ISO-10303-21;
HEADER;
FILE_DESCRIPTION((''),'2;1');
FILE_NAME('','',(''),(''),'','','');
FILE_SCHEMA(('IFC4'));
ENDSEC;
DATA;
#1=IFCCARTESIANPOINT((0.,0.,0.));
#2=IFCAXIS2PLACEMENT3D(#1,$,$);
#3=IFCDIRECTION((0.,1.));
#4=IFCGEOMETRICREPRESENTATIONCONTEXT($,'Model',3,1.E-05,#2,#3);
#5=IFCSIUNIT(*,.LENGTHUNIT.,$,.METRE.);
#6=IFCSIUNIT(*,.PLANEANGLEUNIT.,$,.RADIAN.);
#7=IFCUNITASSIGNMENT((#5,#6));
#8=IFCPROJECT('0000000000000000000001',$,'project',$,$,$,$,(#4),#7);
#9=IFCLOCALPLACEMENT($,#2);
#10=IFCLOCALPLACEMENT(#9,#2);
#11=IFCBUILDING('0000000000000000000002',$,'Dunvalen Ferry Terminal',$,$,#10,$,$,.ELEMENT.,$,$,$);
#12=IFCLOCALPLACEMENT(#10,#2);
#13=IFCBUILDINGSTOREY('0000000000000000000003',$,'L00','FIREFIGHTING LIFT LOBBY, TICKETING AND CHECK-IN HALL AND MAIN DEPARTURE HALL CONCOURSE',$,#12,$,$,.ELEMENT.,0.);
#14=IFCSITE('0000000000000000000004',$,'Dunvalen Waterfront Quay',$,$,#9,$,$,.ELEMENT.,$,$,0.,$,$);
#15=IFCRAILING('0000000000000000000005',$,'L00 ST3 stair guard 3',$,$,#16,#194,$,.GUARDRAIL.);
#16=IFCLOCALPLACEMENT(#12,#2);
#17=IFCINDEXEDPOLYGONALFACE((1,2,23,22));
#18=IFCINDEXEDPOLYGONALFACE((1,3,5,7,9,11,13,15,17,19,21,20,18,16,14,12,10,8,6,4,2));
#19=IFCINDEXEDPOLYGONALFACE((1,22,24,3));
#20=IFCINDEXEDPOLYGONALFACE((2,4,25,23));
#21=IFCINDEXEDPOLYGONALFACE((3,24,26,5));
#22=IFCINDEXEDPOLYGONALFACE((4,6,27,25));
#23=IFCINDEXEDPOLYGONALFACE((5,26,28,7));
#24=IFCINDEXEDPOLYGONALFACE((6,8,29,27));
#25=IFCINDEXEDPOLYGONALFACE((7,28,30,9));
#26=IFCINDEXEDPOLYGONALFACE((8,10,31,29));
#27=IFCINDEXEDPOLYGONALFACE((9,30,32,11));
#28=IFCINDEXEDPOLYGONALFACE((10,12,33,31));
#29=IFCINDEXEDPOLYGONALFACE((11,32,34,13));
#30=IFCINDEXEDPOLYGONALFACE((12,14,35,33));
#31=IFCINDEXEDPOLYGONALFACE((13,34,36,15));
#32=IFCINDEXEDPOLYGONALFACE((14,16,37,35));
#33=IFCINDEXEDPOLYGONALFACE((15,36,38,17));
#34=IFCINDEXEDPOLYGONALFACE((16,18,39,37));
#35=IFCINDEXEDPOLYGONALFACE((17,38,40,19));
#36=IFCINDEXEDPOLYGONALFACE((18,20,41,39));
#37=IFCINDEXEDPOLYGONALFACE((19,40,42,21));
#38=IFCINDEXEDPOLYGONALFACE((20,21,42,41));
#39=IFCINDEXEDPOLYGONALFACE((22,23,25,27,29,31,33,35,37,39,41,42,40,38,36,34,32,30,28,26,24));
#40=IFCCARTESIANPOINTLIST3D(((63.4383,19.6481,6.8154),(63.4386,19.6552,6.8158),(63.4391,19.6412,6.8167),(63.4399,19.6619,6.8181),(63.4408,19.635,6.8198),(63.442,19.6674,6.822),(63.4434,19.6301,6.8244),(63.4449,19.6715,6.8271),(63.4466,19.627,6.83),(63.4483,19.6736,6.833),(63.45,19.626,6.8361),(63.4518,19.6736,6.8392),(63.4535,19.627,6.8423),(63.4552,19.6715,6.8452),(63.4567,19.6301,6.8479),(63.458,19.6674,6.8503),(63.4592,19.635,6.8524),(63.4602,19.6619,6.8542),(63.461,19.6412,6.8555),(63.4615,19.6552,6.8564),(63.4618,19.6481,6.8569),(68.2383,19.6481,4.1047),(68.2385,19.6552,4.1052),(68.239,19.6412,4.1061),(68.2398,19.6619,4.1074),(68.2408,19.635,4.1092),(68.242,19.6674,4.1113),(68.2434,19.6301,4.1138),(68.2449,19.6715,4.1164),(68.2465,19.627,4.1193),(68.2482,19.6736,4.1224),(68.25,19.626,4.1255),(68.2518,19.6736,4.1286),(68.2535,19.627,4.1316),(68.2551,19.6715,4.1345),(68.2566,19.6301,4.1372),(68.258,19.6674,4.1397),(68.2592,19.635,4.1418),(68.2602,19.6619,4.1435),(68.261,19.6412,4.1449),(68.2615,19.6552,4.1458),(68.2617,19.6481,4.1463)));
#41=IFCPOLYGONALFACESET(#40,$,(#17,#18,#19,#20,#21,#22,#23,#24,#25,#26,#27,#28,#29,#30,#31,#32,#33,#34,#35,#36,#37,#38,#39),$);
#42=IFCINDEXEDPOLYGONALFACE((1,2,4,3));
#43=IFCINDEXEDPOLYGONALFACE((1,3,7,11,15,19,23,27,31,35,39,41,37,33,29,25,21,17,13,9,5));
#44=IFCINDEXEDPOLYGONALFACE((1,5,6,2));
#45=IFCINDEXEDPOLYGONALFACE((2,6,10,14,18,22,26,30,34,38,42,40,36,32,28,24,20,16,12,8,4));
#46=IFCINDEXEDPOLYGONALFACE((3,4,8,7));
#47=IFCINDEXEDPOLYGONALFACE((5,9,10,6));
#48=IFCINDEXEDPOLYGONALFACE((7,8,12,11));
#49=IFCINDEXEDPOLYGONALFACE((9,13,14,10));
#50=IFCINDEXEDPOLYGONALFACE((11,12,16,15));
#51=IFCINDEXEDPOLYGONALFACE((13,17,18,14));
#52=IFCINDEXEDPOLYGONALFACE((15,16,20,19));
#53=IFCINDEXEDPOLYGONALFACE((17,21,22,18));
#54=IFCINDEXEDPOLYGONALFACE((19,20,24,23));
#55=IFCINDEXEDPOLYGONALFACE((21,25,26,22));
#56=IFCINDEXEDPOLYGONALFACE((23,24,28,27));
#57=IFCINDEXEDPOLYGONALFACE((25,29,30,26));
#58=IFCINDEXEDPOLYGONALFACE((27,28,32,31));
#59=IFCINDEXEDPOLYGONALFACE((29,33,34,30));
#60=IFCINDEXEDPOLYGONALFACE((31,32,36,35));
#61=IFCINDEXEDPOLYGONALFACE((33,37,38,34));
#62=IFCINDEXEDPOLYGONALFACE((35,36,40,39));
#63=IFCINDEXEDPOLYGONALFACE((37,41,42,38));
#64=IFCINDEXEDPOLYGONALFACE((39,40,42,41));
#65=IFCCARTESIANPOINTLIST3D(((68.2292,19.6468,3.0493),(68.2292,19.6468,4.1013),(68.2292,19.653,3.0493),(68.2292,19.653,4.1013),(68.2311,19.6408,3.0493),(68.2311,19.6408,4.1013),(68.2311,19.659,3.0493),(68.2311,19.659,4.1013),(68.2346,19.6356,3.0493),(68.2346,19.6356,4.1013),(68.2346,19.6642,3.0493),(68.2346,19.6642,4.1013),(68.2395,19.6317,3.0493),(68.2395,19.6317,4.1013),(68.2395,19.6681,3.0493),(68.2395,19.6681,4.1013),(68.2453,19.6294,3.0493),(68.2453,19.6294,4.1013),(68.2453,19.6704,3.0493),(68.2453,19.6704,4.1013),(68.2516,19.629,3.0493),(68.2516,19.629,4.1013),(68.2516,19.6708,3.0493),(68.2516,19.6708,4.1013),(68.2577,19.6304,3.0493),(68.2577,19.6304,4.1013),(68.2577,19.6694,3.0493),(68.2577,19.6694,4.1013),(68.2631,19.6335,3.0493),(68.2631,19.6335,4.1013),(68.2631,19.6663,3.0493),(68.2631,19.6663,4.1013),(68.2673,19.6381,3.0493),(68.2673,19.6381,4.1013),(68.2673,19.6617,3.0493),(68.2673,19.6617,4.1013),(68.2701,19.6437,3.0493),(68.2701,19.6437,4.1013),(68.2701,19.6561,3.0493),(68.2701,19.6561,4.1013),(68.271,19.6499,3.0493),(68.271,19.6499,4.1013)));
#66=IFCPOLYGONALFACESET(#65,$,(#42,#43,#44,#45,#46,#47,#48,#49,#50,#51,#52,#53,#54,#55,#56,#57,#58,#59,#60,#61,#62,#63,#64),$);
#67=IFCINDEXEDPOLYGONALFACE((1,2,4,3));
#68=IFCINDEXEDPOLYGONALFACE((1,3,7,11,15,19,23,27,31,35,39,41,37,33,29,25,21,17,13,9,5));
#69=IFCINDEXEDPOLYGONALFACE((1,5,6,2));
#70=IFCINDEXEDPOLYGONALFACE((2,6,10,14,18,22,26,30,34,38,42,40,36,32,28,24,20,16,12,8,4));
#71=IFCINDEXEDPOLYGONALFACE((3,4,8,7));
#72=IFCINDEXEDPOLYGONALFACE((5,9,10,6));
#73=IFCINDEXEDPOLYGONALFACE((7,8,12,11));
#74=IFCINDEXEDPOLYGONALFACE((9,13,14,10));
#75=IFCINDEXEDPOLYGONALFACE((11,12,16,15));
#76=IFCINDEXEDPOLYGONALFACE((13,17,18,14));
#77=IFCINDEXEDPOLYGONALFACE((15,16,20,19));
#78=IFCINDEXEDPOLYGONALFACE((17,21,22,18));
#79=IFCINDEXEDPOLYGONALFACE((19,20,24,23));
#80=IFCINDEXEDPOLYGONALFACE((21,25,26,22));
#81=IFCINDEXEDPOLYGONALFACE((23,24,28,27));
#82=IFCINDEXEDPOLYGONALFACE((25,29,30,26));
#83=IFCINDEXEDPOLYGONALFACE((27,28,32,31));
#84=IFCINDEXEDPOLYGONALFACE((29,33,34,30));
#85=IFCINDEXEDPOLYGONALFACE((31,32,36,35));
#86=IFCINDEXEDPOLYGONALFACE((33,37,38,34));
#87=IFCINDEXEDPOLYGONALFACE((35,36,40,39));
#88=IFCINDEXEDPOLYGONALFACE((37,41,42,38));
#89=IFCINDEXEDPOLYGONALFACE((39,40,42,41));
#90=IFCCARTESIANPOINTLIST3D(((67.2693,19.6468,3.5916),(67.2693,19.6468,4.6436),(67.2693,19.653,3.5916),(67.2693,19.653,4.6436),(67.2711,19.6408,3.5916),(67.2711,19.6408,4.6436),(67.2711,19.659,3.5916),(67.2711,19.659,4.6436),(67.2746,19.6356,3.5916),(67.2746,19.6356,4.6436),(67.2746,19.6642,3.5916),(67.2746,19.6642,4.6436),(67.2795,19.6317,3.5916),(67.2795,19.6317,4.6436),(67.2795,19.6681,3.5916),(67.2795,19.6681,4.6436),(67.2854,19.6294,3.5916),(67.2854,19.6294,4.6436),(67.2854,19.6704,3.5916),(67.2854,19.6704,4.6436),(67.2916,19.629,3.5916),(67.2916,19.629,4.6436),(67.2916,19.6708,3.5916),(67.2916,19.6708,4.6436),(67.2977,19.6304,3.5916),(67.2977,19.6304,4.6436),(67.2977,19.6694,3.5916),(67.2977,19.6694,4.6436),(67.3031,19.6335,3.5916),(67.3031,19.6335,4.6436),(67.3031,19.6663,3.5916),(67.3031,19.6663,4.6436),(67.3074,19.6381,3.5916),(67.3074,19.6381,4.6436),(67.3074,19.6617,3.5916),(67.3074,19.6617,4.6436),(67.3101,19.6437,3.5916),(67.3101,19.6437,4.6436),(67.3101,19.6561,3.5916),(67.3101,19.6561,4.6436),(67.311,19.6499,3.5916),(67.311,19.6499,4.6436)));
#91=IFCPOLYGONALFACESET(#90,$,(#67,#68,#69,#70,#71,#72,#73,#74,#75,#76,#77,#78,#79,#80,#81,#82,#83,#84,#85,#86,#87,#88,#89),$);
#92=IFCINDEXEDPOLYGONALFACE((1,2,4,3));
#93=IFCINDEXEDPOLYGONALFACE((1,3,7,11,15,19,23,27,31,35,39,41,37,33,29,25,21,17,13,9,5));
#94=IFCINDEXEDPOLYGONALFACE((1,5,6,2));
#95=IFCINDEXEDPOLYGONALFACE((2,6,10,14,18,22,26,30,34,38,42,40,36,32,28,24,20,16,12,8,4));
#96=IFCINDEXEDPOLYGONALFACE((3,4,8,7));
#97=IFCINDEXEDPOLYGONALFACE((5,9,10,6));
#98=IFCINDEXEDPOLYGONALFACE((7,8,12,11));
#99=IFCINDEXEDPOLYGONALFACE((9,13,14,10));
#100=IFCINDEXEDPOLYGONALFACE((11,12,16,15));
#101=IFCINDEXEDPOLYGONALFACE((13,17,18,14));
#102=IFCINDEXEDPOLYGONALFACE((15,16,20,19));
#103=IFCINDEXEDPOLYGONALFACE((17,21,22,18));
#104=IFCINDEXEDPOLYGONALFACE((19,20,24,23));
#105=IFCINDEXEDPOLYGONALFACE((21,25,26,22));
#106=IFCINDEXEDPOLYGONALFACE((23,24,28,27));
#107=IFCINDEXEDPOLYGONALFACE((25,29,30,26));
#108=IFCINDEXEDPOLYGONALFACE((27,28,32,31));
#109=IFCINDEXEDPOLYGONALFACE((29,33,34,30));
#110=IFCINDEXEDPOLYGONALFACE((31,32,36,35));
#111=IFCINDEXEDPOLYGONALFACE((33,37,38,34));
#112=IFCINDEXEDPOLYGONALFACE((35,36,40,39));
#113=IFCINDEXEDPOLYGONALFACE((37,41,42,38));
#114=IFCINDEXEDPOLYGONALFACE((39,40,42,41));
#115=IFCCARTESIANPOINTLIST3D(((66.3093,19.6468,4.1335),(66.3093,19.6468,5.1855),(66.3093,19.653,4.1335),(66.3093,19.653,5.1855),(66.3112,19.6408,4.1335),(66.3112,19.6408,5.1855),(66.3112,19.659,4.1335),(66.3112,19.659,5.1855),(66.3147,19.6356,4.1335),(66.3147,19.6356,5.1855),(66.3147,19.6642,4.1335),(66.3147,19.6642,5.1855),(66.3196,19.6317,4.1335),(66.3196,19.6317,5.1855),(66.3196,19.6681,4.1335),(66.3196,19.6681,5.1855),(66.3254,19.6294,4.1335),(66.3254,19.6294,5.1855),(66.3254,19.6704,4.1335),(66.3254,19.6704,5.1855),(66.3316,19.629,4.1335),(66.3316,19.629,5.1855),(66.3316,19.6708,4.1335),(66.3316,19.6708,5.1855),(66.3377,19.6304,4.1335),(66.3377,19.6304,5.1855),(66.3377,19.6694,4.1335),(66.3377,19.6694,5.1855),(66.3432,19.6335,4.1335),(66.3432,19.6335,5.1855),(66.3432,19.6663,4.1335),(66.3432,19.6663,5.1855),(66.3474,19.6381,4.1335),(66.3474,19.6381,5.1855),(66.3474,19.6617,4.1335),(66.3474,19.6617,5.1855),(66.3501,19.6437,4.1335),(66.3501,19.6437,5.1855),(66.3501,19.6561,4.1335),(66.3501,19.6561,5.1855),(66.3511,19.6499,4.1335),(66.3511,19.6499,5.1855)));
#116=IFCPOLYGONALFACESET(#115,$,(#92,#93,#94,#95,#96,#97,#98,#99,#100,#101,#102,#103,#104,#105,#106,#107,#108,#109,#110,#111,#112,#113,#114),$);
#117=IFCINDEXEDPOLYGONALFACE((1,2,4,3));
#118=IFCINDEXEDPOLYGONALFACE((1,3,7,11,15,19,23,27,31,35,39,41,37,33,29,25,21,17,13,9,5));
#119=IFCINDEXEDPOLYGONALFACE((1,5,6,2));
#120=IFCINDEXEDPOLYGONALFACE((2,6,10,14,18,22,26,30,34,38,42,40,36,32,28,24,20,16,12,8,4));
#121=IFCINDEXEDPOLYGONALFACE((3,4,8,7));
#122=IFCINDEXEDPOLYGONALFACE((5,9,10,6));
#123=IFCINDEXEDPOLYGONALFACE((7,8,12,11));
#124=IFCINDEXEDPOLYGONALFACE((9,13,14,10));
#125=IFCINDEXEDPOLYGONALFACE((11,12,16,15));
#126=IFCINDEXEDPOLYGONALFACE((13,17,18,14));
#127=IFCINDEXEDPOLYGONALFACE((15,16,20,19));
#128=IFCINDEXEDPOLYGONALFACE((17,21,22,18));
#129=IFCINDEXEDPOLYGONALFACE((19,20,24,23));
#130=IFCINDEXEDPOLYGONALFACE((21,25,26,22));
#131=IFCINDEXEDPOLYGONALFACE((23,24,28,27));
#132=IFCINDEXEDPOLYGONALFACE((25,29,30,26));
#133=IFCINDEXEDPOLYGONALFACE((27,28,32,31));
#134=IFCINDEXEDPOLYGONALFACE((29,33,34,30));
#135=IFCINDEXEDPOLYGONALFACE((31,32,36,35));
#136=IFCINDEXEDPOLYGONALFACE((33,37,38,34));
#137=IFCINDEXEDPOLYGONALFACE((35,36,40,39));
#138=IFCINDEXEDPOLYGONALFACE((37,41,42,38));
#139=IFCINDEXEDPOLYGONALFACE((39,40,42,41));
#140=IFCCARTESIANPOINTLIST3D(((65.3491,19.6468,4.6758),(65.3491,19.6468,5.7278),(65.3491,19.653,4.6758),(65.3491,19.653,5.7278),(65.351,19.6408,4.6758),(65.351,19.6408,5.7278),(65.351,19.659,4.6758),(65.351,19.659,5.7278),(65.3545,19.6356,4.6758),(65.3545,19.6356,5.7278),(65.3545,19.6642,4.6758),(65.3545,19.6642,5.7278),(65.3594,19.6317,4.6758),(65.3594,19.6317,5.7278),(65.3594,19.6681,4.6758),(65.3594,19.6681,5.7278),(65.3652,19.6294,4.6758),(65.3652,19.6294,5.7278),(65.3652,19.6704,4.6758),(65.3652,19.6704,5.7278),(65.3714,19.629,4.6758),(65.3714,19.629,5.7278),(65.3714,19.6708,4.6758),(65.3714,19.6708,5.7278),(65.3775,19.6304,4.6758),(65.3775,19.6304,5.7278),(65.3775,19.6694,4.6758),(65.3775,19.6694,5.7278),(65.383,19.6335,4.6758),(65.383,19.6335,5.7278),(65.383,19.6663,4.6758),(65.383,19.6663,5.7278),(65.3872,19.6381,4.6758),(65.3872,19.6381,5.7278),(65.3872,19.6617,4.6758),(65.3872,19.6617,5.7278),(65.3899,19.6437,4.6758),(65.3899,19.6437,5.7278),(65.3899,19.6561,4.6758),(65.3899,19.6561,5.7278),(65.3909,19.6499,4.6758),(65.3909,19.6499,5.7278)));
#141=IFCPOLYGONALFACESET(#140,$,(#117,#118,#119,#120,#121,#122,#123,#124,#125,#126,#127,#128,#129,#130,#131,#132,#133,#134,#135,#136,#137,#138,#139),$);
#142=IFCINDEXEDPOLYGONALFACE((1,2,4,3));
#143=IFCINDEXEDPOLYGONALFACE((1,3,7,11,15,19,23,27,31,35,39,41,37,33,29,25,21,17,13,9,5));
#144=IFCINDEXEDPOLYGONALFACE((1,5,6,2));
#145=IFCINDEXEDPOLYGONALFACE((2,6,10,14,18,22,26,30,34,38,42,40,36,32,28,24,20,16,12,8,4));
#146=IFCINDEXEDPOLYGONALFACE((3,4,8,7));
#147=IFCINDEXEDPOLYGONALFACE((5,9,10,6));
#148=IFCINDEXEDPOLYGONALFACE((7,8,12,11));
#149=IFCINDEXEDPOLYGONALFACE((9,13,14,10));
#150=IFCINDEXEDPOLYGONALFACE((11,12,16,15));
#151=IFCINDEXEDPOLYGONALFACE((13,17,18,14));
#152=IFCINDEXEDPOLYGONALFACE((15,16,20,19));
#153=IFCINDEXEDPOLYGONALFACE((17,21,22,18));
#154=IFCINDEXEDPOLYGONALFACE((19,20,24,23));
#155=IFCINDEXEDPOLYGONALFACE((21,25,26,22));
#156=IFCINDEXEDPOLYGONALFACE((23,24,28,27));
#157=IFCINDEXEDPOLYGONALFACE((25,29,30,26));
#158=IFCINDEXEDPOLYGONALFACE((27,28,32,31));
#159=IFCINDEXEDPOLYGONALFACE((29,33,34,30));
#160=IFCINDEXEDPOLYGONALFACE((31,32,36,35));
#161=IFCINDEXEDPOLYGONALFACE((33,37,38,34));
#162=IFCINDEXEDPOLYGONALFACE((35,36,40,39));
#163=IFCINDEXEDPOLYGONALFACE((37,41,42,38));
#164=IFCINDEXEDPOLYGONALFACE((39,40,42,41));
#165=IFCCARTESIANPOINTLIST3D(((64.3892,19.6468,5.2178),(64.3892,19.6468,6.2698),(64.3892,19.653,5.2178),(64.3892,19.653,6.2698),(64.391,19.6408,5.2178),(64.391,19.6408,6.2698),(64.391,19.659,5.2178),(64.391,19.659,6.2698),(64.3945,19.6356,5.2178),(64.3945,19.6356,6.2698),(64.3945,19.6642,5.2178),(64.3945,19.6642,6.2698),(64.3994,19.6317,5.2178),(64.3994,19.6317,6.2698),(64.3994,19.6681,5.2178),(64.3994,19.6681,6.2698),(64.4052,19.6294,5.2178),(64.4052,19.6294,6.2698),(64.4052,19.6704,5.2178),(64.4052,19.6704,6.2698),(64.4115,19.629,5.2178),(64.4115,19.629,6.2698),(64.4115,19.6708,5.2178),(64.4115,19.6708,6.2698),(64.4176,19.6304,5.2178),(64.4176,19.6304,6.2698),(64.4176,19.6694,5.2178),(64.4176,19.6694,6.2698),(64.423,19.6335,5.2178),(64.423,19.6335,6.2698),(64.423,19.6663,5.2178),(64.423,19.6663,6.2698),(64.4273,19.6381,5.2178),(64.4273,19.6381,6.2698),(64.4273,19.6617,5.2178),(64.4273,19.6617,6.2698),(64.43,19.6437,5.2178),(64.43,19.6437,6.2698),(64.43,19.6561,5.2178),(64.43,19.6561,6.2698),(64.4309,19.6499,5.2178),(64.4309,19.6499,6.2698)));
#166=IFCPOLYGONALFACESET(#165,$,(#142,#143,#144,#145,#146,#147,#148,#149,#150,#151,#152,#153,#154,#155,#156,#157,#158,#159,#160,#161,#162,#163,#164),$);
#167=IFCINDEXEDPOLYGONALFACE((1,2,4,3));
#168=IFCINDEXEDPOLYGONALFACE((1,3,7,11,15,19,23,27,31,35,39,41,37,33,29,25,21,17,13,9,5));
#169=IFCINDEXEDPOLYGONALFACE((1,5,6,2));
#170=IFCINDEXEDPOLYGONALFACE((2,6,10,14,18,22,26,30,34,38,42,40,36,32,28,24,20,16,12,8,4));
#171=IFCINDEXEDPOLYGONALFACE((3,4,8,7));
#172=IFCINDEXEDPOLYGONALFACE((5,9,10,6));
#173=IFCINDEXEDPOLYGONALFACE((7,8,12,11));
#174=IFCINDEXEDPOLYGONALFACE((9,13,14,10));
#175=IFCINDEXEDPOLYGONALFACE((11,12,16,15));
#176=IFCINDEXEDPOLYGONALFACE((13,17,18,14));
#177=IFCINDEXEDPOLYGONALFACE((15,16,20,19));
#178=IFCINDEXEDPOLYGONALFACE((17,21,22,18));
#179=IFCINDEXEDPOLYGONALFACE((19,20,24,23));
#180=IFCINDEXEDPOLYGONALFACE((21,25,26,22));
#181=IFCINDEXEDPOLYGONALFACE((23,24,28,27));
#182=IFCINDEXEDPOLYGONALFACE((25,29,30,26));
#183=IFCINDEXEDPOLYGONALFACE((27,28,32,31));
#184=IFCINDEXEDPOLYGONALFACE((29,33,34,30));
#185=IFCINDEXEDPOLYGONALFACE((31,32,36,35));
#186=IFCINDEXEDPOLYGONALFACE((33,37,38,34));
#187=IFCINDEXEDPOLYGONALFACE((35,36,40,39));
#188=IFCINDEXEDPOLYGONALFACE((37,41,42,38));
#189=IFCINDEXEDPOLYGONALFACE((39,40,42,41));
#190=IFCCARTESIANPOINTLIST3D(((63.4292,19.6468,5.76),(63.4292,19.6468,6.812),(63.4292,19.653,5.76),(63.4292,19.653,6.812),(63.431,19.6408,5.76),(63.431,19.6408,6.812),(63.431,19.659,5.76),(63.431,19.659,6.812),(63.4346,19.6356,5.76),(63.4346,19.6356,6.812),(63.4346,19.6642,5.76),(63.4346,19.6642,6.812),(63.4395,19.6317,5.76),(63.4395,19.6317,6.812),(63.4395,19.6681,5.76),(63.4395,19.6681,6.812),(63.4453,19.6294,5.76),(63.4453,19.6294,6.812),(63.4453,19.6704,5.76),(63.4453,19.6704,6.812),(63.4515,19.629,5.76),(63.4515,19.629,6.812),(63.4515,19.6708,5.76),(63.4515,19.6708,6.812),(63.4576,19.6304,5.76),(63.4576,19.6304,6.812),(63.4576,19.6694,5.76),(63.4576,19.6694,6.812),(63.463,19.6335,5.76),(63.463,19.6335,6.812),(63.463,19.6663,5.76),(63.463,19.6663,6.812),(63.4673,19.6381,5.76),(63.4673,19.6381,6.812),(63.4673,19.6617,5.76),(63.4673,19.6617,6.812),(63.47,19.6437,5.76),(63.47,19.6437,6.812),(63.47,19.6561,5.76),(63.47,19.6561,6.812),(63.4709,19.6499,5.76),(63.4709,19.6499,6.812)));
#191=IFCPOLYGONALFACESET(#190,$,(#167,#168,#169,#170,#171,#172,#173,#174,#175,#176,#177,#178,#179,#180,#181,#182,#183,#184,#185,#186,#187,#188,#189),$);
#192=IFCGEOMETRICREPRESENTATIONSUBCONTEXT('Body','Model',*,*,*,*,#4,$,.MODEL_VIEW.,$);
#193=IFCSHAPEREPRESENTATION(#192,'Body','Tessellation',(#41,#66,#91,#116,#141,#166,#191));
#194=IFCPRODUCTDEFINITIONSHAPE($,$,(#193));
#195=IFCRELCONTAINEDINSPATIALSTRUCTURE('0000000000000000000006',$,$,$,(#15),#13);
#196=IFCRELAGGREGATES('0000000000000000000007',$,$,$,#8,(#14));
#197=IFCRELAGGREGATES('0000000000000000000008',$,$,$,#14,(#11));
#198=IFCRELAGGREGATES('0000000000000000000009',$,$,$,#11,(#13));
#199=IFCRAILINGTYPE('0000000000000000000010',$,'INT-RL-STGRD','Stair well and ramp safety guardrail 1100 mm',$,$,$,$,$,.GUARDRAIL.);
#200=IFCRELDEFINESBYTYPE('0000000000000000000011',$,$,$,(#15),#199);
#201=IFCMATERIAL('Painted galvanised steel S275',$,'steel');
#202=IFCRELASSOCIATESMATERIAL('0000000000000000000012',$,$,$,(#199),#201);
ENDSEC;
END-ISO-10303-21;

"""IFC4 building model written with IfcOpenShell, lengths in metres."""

from ifc_helpers import new_model, si_unit, direction, frame, origin, origin_2d, place, context, subcontext, project, spatial, circle, extrude, material, type_object, element, save


model = new_model("IFC4")

# Units and contexts
model_context = context("Model", 3, precision=1e-05, world=origin(), true_north=direction((0.0, 1.0)))
body_context = subcontext(model_context, "Body", "Model", "MODEL_VIEW")
ifc_project = project(units=[si_unit("LENGTHUNIT", "METRE"), si_unit("PLANEANGLEUNIT", "RADIAN")], contexts=[model_context])

# Site, building, storey
site_placement = place(None, origin())
site = spatial("IfcSite", under=ifc_project, at=site_placement, Name="Dunvalen Waterfront Quay", CompositionType="ELEMENT", RefElevation=0.0)
building_placement = place(site_placement, origin())
building = spatial("IfcBuilding", under=site, at=building_placement, Name="Dunvalen Ferry Terminal", CompositionType="ELEMENT")
storey_placement = place(building_placement, origin())
storey = spatial("IfcBuildingStorey", under=building, at=storey_placement, Name="L00", Description="FIREFIGHTING LIFT LOBBY, TICKETING AND CHECK-IN HALL AND MAIN DEPARTURE HALL CONCOURSE", CompositionType="ELEMENT", Elevation=0.0)

# Railing
ifc_material_1 = material(Name="Painted galvanised steel S275", Category="steel")
railing_type_1 = type_object("IfcRailingType", Name="INT-RL-STGRD", Description="Stair well and ramp safety guardrail 1100 mm", PredefinedType="GUARDRAIL", material=ifc_material_1)
railing_1_placement = place(storey_placement, frame((68.25, 19.6499, 3.0493)))
element("IfcRailing", 1, at=railing_1_placement, inside=storey, type_object=railing_type_1, Name="L00 ST3 stair guard 3", PredefinedType="GUARDRAIL", context=body_context, shape_type="SweptSolid", body=[
    extrude(circle(Radius=0.0239, at=origin_2d()), frame((0.0, 0.0, 1.0762), z_axis=(-0.870748, 0.0, 0.49173), x_axis=(0.0, -1.0, 0.0)), (0.0, 0.0, 1.0), 5.5125),
    extrude(circle(Radius=0.021, at=origin_2d()), origin(), (0.0, 0.0, 1.0), 1.052),
    extrude(circle(Radius=0.021, at=origin_2d()), frame((-0.96, 0.0, 0.5422)), (0.0, 0.0, 1.0), 1.052),
    extrude(circle(Radius=0.021, at=origin_2d()), frame((-1.9199, 0.0, 1.0842)), (0.0, 0.0, 1.0), 1.052),
    extrude(circle(Radius=0.021, at=origin_2d()), frame((-2.8801, 0.0, 1.6265)), (0.0, 0.0, 1.0), 1.052),
    extrude(circle(Radius=0.021, at=origin_2d()), frame((-3.8401, 0.0, 2.1685)), (0.0, 0.0, 1.0), 1.052),
    extrude(circle(Radius=0.021, at=origin_2d()), frame((-4.8, 0.0, 2.7107)), (0.0, 0.0, 1.0), 1.052),
])

save(model, "model.ifc")
